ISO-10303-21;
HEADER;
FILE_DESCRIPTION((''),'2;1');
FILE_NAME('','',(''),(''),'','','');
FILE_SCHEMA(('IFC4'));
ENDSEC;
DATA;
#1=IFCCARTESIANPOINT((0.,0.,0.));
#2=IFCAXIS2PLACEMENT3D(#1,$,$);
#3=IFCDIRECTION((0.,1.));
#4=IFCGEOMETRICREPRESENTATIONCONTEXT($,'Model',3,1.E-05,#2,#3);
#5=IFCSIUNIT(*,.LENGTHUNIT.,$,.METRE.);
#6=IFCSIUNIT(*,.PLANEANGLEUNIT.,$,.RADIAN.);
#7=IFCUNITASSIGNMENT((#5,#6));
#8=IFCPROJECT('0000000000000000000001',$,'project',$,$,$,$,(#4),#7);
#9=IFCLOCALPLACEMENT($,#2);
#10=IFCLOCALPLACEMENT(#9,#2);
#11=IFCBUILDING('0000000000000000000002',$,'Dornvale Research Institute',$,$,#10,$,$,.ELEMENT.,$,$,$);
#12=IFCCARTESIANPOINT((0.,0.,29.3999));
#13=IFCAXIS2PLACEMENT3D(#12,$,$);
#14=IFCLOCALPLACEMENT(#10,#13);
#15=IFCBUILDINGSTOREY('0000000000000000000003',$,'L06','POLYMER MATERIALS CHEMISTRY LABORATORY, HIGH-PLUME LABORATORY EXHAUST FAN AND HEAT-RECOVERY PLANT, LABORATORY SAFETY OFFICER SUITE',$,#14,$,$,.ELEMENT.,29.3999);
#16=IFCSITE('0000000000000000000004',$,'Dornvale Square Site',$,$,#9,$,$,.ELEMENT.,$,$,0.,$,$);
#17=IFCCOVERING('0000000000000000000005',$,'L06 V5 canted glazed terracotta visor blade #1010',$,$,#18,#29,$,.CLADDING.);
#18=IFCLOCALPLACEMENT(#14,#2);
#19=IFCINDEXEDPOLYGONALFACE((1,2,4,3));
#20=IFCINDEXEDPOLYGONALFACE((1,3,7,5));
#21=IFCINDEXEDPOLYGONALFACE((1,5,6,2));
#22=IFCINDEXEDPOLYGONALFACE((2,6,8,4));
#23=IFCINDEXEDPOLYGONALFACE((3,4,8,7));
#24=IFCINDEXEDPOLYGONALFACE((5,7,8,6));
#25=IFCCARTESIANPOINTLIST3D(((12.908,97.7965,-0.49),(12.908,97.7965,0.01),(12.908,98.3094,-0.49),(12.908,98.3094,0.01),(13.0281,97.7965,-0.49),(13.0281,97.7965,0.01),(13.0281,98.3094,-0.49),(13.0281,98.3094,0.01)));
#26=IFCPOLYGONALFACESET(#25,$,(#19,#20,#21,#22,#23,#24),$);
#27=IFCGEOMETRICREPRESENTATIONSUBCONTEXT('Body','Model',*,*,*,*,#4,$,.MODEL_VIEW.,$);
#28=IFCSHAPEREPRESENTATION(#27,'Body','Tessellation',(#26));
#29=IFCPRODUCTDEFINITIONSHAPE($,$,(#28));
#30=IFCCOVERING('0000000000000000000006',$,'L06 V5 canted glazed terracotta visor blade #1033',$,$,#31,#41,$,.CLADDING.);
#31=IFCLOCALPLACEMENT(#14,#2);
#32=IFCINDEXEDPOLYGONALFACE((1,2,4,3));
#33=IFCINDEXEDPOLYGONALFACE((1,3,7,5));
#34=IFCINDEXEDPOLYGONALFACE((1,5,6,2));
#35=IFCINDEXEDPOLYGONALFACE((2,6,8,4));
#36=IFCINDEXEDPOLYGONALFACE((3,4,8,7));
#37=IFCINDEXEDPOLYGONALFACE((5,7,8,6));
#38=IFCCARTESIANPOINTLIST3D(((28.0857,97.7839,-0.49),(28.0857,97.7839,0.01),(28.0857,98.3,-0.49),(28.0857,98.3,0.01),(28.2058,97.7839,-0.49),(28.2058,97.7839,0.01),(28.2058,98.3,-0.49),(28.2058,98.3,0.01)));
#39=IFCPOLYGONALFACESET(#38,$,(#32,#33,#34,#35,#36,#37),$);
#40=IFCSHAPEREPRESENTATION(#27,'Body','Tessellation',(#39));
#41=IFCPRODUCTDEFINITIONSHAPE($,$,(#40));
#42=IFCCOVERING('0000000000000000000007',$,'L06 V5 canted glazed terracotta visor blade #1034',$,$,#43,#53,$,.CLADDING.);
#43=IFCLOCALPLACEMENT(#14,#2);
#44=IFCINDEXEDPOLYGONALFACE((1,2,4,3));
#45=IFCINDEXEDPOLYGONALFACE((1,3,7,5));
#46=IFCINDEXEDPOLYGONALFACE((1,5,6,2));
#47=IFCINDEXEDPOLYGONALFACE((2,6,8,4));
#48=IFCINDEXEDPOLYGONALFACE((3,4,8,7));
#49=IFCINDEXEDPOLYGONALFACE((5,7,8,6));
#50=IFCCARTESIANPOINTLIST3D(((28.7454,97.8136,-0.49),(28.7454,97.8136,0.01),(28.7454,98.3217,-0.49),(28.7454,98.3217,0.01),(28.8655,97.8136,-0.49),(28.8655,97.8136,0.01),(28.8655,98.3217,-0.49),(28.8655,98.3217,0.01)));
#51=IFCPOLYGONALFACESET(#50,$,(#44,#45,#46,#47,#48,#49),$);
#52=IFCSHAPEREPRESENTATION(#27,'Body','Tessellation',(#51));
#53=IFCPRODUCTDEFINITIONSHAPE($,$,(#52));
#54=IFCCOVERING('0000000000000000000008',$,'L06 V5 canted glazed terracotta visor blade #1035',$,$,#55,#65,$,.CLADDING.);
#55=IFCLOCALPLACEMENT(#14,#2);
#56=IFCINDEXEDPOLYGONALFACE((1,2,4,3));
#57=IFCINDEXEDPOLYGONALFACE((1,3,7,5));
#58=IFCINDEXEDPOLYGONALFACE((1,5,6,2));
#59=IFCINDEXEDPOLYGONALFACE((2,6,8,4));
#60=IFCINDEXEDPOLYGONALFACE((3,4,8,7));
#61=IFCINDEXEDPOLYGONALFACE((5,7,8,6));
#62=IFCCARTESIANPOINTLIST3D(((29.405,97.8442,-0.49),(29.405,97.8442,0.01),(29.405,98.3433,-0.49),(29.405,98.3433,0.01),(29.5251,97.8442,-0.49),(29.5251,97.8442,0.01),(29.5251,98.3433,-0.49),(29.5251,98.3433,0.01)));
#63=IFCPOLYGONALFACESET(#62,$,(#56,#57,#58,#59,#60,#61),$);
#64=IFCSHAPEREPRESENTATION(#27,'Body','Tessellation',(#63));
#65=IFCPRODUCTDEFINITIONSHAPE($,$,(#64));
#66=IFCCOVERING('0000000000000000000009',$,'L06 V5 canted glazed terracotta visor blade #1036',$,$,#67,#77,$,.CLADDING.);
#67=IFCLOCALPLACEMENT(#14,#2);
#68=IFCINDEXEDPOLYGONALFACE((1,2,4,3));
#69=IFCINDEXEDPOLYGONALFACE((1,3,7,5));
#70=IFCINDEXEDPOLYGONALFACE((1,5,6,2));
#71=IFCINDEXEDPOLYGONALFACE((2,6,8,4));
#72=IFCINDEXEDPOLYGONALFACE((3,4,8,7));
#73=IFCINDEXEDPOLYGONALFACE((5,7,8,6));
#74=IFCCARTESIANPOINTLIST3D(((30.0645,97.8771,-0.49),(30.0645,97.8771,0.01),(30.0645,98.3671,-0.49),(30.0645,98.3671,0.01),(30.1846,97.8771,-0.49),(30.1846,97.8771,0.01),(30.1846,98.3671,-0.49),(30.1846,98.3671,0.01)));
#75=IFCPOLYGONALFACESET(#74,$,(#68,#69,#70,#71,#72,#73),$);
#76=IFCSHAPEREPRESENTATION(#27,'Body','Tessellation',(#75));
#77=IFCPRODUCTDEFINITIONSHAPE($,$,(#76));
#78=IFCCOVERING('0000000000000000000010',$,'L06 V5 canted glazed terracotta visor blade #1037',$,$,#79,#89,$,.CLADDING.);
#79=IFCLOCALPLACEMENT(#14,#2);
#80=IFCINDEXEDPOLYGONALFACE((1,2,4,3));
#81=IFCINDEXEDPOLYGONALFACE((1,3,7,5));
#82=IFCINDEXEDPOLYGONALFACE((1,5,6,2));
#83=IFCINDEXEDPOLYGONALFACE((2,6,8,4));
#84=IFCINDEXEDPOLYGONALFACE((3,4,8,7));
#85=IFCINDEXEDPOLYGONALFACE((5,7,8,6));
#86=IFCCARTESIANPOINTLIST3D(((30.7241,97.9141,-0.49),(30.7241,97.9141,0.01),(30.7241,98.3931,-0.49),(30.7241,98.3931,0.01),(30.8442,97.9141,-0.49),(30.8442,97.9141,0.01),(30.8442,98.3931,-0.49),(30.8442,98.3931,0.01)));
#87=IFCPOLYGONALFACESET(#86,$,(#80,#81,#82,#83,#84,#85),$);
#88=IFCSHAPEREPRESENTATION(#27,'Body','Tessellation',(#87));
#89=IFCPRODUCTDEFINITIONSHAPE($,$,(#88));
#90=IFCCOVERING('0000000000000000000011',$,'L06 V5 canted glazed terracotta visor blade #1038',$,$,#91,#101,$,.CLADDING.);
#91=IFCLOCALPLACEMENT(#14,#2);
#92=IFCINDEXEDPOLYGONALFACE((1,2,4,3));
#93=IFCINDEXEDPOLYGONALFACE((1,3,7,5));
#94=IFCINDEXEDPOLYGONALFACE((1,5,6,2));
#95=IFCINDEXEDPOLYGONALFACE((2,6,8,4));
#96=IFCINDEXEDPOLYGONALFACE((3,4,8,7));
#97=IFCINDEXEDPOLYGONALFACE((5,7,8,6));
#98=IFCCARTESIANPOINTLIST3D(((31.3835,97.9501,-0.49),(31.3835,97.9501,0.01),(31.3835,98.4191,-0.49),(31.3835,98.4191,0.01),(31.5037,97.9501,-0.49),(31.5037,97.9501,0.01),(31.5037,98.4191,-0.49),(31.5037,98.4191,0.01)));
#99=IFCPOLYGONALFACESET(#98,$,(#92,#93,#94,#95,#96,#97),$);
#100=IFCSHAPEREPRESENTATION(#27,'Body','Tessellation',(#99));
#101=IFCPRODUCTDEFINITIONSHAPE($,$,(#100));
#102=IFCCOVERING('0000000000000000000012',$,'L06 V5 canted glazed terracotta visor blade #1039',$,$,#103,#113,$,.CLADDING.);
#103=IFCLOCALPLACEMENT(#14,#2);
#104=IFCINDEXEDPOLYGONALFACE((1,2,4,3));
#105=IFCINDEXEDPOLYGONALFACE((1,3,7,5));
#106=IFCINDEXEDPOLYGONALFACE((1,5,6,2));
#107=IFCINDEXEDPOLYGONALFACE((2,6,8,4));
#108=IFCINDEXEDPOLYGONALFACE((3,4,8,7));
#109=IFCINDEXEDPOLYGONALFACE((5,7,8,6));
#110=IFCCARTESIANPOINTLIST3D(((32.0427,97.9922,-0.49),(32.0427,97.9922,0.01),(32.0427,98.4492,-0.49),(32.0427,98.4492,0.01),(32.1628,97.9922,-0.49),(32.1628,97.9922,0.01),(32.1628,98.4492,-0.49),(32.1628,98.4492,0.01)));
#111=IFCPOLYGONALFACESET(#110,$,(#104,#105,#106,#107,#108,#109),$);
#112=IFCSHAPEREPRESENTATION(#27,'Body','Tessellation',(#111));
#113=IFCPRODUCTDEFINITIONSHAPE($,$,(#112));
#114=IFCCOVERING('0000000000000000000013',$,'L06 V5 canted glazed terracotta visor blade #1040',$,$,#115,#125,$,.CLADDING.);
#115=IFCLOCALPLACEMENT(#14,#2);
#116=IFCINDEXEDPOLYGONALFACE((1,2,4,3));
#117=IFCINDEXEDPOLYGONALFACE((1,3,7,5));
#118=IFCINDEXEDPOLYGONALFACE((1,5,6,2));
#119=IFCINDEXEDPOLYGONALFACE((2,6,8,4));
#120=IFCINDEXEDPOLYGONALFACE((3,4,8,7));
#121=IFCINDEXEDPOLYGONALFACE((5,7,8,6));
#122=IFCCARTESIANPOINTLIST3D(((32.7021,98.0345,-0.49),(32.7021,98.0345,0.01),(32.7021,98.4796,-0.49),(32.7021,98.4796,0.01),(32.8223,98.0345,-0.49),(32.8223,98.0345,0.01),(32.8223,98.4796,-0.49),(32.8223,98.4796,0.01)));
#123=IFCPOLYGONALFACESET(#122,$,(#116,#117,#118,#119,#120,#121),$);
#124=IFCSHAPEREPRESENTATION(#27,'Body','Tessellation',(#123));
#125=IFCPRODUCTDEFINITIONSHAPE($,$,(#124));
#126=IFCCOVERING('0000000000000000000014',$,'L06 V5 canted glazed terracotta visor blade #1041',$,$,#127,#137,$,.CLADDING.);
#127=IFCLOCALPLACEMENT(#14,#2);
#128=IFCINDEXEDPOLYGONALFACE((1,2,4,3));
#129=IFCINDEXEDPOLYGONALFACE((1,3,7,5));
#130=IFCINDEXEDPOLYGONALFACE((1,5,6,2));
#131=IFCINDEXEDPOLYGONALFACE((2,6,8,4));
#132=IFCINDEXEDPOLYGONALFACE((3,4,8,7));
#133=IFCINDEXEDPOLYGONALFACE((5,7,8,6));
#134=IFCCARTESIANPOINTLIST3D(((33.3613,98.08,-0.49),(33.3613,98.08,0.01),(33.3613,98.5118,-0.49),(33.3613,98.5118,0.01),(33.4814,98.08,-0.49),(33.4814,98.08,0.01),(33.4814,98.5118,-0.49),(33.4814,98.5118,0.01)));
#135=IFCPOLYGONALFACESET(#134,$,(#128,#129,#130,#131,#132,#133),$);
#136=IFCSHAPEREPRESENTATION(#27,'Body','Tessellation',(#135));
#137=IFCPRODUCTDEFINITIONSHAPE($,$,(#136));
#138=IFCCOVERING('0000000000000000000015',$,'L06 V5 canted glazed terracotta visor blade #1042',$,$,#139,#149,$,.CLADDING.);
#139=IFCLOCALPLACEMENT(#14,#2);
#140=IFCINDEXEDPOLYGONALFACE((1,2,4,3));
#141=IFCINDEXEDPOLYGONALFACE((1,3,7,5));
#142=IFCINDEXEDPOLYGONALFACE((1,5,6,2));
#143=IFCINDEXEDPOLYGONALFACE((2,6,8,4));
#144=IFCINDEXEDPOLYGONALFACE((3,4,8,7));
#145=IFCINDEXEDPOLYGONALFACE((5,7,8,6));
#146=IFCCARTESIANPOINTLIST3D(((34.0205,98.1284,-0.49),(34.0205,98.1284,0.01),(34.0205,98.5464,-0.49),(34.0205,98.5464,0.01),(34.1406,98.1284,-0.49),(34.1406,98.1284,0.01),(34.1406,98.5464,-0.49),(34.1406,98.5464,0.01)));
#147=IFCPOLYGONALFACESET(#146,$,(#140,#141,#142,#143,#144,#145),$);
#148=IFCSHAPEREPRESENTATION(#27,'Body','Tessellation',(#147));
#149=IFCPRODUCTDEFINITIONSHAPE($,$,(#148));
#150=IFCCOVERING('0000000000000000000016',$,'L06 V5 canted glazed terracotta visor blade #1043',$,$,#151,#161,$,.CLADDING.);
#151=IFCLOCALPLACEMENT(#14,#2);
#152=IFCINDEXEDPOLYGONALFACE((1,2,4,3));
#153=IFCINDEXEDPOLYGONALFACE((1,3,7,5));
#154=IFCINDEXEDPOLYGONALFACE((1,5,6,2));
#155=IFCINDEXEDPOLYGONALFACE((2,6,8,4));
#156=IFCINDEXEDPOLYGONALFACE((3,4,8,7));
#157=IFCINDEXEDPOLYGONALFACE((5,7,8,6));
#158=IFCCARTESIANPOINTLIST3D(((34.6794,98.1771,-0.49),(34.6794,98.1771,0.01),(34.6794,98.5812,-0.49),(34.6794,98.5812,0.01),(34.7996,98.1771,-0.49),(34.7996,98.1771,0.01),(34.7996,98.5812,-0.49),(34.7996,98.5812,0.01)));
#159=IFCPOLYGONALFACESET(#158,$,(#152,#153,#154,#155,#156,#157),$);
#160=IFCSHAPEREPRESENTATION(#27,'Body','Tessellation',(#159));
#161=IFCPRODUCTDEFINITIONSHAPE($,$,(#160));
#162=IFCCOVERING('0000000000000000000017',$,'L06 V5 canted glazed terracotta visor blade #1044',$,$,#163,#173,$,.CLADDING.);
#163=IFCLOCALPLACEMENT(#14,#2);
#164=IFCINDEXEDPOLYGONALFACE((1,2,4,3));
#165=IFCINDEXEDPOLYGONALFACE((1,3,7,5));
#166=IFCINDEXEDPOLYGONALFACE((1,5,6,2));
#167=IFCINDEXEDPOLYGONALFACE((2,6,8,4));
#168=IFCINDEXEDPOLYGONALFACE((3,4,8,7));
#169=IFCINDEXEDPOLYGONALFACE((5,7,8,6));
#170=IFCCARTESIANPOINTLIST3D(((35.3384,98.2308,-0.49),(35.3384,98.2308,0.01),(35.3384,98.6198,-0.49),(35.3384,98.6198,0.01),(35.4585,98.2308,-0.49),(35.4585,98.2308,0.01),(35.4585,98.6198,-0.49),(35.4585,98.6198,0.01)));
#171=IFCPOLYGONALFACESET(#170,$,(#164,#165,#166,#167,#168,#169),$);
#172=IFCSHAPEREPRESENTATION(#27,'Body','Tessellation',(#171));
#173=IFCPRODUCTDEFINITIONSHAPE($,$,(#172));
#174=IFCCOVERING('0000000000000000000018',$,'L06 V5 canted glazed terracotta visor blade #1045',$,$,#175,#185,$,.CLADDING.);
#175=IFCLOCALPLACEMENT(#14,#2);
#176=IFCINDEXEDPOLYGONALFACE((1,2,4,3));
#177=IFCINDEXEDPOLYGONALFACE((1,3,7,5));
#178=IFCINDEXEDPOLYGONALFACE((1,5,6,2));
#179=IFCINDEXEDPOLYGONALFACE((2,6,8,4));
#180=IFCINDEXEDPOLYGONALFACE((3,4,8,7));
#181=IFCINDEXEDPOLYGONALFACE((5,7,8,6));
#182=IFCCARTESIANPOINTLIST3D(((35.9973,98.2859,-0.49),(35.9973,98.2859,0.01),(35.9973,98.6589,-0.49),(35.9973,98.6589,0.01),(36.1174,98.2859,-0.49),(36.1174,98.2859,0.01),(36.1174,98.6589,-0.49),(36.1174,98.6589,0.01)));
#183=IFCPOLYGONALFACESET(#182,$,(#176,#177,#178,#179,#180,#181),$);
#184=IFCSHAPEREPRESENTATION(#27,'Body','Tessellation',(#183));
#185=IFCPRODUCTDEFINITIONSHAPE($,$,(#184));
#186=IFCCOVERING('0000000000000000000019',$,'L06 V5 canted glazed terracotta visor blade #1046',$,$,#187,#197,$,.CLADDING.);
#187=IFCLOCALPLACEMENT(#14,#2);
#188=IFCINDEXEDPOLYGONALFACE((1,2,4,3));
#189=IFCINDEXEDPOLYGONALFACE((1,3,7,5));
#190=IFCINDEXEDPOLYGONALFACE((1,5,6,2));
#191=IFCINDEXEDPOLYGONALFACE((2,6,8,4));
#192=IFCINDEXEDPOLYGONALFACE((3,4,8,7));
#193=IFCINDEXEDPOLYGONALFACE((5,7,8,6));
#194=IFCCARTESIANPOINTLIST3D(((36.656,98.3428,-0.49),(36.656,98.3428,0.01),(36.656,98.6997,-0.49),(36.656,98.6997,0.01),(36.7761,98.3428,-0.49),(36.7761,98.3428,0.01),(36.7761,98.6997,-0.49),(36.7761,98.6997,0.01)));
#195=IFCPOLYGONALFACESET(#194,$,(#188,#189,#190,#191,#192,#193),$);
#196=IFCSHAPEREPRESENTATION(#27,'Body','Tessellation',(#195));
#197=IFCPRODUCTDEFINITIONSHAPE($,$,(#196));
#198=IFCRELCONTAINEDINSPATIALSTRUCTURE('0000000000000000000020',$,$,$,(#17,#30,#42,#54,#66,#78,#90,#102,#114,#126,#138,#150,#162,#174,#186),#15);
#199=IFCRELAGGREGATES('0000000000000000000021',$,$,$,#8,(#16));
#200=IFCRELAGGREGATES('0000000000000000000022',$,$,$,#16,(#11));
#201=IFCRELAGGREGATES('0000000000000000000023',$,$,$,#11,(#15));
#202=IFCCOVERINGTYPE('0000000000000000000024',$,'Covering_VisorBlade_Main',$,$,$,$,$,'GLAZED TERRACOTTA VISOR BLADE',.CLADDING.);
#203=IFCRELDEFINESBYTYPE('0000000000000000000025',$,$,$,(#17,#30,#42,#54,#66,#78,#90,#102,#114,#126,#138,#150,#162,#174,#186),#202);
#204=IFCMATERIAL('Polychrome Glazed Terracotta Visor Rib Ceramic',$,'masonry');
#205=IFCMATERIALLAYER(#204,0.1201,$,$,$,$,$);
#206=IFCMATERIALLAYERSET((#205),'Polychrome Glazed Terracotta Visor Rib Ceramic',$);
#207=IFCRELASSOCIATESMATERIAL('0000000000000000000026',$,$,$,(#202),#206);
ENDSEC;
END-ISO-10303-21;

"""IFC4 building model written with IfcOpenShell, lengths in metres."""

from ifc_helpers import new_model, si_unit, direction, frame, origin, origin_2d, place, context, subcontext, project, spatial, rectangle, extrude, material, layer, layer_set, type_object, element, save


model = new_model("IFC4")

# Units and contexts
model_context = context("Model", 3, precision=1e-05, world=origin(), true_north=direction((0.0, 1.0)))
body_context = subcontext(model_context, "Body", "Model", "MODEL_VIEW")
ifc_project = project(units=[si_unit("LENGTHUNIT", "METRE"), si_unit("PLANEANGLEUNIT", "RADIAN")], contexts=[model_context])

# Site, building, storey
site_placement = place(None, origin())
site = spatial("IfcSite", under=ifc_project, at=site_placement, Name="Dornvale Square Site", CompositionType="ELEMENT", RefElevation=0.0)
building_placement = place(site_placement, origin())
building = spatial("IfcBuilding", under=site, at=building_placement, Name="Dornvale Research Institute", CompositionType="ELEMENT")
storey_placement = place(building_placement, frame((0.0, 0.0, 29.3999)))
storey = spatial("IfcBuildingStorey", under=building, at=storey_placement, Name="L06", Description="POLYMER MATERIALS CHEMISTRY LABORATORY, HIGH-PLUME LABORATORY EXHAUST FAN AND HEAT-RECOVERY PLANT, LABORATORY SAFETY OFFICER SUITE", CompositionType="ELEMENT", Elevation=29.3999)

# Coverings
ifc_material = material(Name="Polychrome Glazed Terracotta Visor Rib Ceramic", Category="masonry")
ifc_layer = layer(ifc_material, 0.1201)
ifc_layer_set = layer_set([ifc_layer], Name="Polychrome Glazed Terracotta Visor Rib Ceramic")
covering_type = type_object("IfcCoveringType", Name="Covering_VisorBlade_Main", ElementType="GLAZED TERRACOTTA VISOR BLADE", PredefinedType="CLADDING", material=ifc_layer_set)
covering_1_placement = place(storey_placement, frame((12.968, 98.053, -0.49), z_axis=(0.0, 0.0, 1.0), x_axis=(0.0, 1.0, 0.0)))
element("IfcCovering", 1, at=covering_1_placement, inside=storey, type_object=covering_type, Name="L06 V5 canted glazed terracotta visor blade #1010", PredefinedType="CLADDING", context=body_context, shape_type="SweptSolid", body=[
    extrude(rectangle(XDim=0.5129, YDim=0.1201, at=origin_2d()), origin(), (0.0, 0.0, 1.0), 0.5),
])
covering_2_placement = place(storey_placement, frame((28.1458, 98.042, -0.49), z_axis=(0.0, 0.0, 1.0), x_axis=(0.0, 1.0, 0.0)))
element("IfcCovering", 2, at=covering_2_placement, inside=storey, type_object=covering_type, Name="L06 V5 canted glazed terracotta visor blade #1033", PredefinedType="CLADDING", context=body_context, shape_type="SweptSolid", body=[
    extrude(rectangle(XDim=0.5161, YDim=0.1201, at=origin_2d()), origin(), (0.0, 0.0, 1.0), 0.5),
])
covering_3_placement = place(storey_placement, frame((28.8054, 98.0676, -0.49), z_axis=(0.0, 0.0, 1.0), x_axis=(0.0, 1.0, 0.0)))
element("IfcCovering", 3, at=covering_3_placement, inside=storey, type_object=covering_type, Name="L06 V5 canted glazed terracotta visor blade #1034", PredefinedType="CLADDING", context=body_context, shape_type="SweptSolid", body=[
    extrude(rectangle(XDim=0.5081, YDim=0.1201, at=origin_2d()), origin(), (0.0, 0.0, 1.0), 0.5),
])
covering_4_placement = place(storey_placement, frame((29.4651, 98.0938, -0.49), z_axis=(0.0, 0.0, 1.0), x_axis=(0.0, 1.0, 0.0)))
element("IfcCovering", 4, at=covering_4_placement, inside=storey, type_object=covering_type, Name="L06 V5 canted glazed terracotta visor blade #1035", PredefinedType="CLADDING", context=body_context, shape_type="SweptSolid", body=[
    extrude(rectangle(XDim=0.499, YDim=0.1201, at=origin_2d()), origin(), (0.0, 0.0, 1.0), 0.5),
])
covering_5_placement = place(storey_placement, frame((30.1245, 98.1221, -0.49), z_axis=(0.0, 0.0, 1.0), x_axis=(0.0, 1.0, 0.0)))
element("IfcCovering", 5, at=covering_5_placement, inside=storey, type_object=covering_type, Name="L06 V5 canted glazed terracotta visor blade #1036", PredefinedType="CLADDING", context=body_context, shape_type="SweptSolid", body=[
    extrude(rectangle(XDim=0.49, YDim=0.1201, at=origin_2d()), origin(), (0.0, 0.0, 1.0), 0.5),
])
covering_6_placement = place(storey_placement, frame((30.7842, 98.1536, -0.49), z_axis=(0.0, 0.0, 1.0), x_axis=(0.0, 1.0, 0.0)))
element("IfcCovering", 6, at=covering_6_placement, inside=storey, type_object=covering_type, Name="L06 V5 canted glazed terracotta visor blade #1037", PredefinedType="CLADDING", context=body_context, shape_type="SweptSolid", body=[
    extrude(rectangle(XDim=0.479, YDim=0.1201, at=origin_2d()), origin(), (0.0, 0.0, 1.0), 0.5),
])
covering_7_placement = place(storey_placement, frame((31.4436, 98.1846, -0.49), z_axis=(0.0, 0.0, 1.0), x_axis=(0.0, 1.0, 0.0)))
element("IfcCovering", 7, at=covering_7_placement, inside=storey, type_object=covering_type, Name="L06 V5 canted glazed terracotta visor blade #1038", PredefinedType="CLADDING", context=body_context, shape_type="SweptSolid", body=[
    extrude(rectangle(XDim=0.469, YDim=0.1201, at=origin_2d()), origin(), (0.0, 0.0, 1.0), 0.5),
])
covering_8_placement = place(storey_placement, frame((32.1028, 98.2207, -0.49), z_axis=(0.0, 0.0, 1.0), x_axis=(0.0, 1.0, 0.0)))
element("IfcCovering", 8, at=covering_8_placement, inside=storey, type_object=covering_type, Name="L06 V5 canted glazed terracotta visor blade #1039", PredefinedType="CLADDING", context=body_context, shape_type="SweptSolid", body=[
    extrude(rectangle(XDim=0.457, YDim=0.1201, at=origin_2d()), origin(), (0.0, 0.0, 1.0), 0.5),
])
covering_9_placement = place(storey_placement, frame((32.7622, 98.2571, -0.49), z_axis=(0.0, 0.0, 1.0), x_axis=(0.0, 1.0, 0.0)))
element("IfcCovering", 9, at=covering_9_placement, inside=storey, type_object=covering_type, Name="L06 V5 canted glazed terracotta visor blade #1040", PredefinedType="CLADDING", context=body_context, shape_type="SweptSolid", body=[
    extrude(rectangle(XDim=0.4451, YDim=0.1201, at=origin_2d()), origin(), (0.0, 0.0, 1.0), 0.5),
])
covering_10_placement = place(storey_placement, frame((33.4214, 98.2959, -0.49), z_axis=(0.0, 0.0, 1.0), x_axis=(0.0, 1.0, 0.0)))
element("IfcCovering", 10, at=covering_10_placement, inside=storey, type_object=covering_type, Name="L06 V5 canted glazed terracotta visor blade #1041", PredefinedType="CLADDING", context=body_context, shape_type="SweptSolid", body=[
    extrude(rectangle(XDim=0.4319, YDim=0.1201, at=origin_2d()), origin(), (0.0, 0.0, 1.0), 0.5),
])
covering_11_placement = place(storey_placement, frame((34.0806, 98.3374, -0.49), z_axis=(0.0, 0.0, 1.0), x_axis=(0.0, 1.0, 0.0)))
element("IfcCovering", 11, at=covering_11_placement, inside=storey, type_object=covering_type, Name="L06 V5 canted glazed terracotta visor blade #1042", PredefinedType="CLADDING", context=body_context, shape_type="SweptSolid", body=[
    extrude(rectangle(XDim=0.418, YDim=0.1201, at=origin_2d()), origin(), (0.0, 0.0, 1.0), 0.5),
])
covering_12_placement = place(storey_placement, frame((34.7395, 98.3792, -0.49), z_axis=(0.0, 0.0, 1.0), x_axis=(0.0, 1.0, 0.0)))
element("IfcCovering", 12, at=covering_12_placement, inside=storey, type_object=covering_type, Name="L06 V5 canted glazed terracotta visor blade #1043", PredefinedType="CLADDING", context=body_context, shape_type="SweptSolid", body=[
    extrude(rectangle(XDim=0.4041, YDim=0.1201, at=origin_2d()), origin(), (0.0, 0.0, 1.0), 0.5),
])
covering_13_placement = place(storey_placement, frame((35.3984, 98.4253, -0.49), z_axis=(0.0, 0.0, 1.0), x_axis=(0.0, 1.0, 0.0)))
element("IfcCovering", 13, at=covering_13_placement, inside=storey, type_object=covering_type, Name="L06 V5 canted glazed terracotta visor blade #1044", PredefinedType="CLADDING", context=body_context, shape_type="SweptSolid", body=[
    extrude(rectangle(XDim=0.3889, YDim=0.1201, at=origin_2d()), origin(), (0.0, 0.0, 1.0), 0.5),
])
covering_14_placement = place(storey_placement, frame((36.0574, 98.4724, -0.49), z_axis=(0.0, 0.0, 1.0), x_axis=(0.0, 1.0, 0.0)))
element("IfcCovering", 14, at=covering_14_placement, inside=storey, type_object=covering_type, Name="L06 V5 canted glazed terracotta visor blade #1045", PredefinedType="CLADDING", context=body_context, shape_type="SweptSolid", body=[
    extrude(rectangle(XDim=0.373, YDim=0.1201, at=origin_2d()), origin(), (0.0, 0.0, 1.0), 0.5),
])
covering_15_placement = place(storey_placement, frame((36.7161, 98.5212, -0.49), z_axis=(0.0, 0.0, 1.0), x_axis=(0.0, 1.0, 0.0)))
element("IfcCovering", 15, at=covering_15_placement, inside=storey, type_object=covering_type, Name="L06 V5 canted glazed terracotta visor blade #1046", PredefinedType="CLADDING", context=body_context, shape_type="SweptSolid", body=[
    extrude(rectangle(XDim=0.3569, YDim=0.1201, at=origin_2d()), origin(), (0.0, 0.0, 1.0), 0.5),
])

save(model, "model.ifc")
